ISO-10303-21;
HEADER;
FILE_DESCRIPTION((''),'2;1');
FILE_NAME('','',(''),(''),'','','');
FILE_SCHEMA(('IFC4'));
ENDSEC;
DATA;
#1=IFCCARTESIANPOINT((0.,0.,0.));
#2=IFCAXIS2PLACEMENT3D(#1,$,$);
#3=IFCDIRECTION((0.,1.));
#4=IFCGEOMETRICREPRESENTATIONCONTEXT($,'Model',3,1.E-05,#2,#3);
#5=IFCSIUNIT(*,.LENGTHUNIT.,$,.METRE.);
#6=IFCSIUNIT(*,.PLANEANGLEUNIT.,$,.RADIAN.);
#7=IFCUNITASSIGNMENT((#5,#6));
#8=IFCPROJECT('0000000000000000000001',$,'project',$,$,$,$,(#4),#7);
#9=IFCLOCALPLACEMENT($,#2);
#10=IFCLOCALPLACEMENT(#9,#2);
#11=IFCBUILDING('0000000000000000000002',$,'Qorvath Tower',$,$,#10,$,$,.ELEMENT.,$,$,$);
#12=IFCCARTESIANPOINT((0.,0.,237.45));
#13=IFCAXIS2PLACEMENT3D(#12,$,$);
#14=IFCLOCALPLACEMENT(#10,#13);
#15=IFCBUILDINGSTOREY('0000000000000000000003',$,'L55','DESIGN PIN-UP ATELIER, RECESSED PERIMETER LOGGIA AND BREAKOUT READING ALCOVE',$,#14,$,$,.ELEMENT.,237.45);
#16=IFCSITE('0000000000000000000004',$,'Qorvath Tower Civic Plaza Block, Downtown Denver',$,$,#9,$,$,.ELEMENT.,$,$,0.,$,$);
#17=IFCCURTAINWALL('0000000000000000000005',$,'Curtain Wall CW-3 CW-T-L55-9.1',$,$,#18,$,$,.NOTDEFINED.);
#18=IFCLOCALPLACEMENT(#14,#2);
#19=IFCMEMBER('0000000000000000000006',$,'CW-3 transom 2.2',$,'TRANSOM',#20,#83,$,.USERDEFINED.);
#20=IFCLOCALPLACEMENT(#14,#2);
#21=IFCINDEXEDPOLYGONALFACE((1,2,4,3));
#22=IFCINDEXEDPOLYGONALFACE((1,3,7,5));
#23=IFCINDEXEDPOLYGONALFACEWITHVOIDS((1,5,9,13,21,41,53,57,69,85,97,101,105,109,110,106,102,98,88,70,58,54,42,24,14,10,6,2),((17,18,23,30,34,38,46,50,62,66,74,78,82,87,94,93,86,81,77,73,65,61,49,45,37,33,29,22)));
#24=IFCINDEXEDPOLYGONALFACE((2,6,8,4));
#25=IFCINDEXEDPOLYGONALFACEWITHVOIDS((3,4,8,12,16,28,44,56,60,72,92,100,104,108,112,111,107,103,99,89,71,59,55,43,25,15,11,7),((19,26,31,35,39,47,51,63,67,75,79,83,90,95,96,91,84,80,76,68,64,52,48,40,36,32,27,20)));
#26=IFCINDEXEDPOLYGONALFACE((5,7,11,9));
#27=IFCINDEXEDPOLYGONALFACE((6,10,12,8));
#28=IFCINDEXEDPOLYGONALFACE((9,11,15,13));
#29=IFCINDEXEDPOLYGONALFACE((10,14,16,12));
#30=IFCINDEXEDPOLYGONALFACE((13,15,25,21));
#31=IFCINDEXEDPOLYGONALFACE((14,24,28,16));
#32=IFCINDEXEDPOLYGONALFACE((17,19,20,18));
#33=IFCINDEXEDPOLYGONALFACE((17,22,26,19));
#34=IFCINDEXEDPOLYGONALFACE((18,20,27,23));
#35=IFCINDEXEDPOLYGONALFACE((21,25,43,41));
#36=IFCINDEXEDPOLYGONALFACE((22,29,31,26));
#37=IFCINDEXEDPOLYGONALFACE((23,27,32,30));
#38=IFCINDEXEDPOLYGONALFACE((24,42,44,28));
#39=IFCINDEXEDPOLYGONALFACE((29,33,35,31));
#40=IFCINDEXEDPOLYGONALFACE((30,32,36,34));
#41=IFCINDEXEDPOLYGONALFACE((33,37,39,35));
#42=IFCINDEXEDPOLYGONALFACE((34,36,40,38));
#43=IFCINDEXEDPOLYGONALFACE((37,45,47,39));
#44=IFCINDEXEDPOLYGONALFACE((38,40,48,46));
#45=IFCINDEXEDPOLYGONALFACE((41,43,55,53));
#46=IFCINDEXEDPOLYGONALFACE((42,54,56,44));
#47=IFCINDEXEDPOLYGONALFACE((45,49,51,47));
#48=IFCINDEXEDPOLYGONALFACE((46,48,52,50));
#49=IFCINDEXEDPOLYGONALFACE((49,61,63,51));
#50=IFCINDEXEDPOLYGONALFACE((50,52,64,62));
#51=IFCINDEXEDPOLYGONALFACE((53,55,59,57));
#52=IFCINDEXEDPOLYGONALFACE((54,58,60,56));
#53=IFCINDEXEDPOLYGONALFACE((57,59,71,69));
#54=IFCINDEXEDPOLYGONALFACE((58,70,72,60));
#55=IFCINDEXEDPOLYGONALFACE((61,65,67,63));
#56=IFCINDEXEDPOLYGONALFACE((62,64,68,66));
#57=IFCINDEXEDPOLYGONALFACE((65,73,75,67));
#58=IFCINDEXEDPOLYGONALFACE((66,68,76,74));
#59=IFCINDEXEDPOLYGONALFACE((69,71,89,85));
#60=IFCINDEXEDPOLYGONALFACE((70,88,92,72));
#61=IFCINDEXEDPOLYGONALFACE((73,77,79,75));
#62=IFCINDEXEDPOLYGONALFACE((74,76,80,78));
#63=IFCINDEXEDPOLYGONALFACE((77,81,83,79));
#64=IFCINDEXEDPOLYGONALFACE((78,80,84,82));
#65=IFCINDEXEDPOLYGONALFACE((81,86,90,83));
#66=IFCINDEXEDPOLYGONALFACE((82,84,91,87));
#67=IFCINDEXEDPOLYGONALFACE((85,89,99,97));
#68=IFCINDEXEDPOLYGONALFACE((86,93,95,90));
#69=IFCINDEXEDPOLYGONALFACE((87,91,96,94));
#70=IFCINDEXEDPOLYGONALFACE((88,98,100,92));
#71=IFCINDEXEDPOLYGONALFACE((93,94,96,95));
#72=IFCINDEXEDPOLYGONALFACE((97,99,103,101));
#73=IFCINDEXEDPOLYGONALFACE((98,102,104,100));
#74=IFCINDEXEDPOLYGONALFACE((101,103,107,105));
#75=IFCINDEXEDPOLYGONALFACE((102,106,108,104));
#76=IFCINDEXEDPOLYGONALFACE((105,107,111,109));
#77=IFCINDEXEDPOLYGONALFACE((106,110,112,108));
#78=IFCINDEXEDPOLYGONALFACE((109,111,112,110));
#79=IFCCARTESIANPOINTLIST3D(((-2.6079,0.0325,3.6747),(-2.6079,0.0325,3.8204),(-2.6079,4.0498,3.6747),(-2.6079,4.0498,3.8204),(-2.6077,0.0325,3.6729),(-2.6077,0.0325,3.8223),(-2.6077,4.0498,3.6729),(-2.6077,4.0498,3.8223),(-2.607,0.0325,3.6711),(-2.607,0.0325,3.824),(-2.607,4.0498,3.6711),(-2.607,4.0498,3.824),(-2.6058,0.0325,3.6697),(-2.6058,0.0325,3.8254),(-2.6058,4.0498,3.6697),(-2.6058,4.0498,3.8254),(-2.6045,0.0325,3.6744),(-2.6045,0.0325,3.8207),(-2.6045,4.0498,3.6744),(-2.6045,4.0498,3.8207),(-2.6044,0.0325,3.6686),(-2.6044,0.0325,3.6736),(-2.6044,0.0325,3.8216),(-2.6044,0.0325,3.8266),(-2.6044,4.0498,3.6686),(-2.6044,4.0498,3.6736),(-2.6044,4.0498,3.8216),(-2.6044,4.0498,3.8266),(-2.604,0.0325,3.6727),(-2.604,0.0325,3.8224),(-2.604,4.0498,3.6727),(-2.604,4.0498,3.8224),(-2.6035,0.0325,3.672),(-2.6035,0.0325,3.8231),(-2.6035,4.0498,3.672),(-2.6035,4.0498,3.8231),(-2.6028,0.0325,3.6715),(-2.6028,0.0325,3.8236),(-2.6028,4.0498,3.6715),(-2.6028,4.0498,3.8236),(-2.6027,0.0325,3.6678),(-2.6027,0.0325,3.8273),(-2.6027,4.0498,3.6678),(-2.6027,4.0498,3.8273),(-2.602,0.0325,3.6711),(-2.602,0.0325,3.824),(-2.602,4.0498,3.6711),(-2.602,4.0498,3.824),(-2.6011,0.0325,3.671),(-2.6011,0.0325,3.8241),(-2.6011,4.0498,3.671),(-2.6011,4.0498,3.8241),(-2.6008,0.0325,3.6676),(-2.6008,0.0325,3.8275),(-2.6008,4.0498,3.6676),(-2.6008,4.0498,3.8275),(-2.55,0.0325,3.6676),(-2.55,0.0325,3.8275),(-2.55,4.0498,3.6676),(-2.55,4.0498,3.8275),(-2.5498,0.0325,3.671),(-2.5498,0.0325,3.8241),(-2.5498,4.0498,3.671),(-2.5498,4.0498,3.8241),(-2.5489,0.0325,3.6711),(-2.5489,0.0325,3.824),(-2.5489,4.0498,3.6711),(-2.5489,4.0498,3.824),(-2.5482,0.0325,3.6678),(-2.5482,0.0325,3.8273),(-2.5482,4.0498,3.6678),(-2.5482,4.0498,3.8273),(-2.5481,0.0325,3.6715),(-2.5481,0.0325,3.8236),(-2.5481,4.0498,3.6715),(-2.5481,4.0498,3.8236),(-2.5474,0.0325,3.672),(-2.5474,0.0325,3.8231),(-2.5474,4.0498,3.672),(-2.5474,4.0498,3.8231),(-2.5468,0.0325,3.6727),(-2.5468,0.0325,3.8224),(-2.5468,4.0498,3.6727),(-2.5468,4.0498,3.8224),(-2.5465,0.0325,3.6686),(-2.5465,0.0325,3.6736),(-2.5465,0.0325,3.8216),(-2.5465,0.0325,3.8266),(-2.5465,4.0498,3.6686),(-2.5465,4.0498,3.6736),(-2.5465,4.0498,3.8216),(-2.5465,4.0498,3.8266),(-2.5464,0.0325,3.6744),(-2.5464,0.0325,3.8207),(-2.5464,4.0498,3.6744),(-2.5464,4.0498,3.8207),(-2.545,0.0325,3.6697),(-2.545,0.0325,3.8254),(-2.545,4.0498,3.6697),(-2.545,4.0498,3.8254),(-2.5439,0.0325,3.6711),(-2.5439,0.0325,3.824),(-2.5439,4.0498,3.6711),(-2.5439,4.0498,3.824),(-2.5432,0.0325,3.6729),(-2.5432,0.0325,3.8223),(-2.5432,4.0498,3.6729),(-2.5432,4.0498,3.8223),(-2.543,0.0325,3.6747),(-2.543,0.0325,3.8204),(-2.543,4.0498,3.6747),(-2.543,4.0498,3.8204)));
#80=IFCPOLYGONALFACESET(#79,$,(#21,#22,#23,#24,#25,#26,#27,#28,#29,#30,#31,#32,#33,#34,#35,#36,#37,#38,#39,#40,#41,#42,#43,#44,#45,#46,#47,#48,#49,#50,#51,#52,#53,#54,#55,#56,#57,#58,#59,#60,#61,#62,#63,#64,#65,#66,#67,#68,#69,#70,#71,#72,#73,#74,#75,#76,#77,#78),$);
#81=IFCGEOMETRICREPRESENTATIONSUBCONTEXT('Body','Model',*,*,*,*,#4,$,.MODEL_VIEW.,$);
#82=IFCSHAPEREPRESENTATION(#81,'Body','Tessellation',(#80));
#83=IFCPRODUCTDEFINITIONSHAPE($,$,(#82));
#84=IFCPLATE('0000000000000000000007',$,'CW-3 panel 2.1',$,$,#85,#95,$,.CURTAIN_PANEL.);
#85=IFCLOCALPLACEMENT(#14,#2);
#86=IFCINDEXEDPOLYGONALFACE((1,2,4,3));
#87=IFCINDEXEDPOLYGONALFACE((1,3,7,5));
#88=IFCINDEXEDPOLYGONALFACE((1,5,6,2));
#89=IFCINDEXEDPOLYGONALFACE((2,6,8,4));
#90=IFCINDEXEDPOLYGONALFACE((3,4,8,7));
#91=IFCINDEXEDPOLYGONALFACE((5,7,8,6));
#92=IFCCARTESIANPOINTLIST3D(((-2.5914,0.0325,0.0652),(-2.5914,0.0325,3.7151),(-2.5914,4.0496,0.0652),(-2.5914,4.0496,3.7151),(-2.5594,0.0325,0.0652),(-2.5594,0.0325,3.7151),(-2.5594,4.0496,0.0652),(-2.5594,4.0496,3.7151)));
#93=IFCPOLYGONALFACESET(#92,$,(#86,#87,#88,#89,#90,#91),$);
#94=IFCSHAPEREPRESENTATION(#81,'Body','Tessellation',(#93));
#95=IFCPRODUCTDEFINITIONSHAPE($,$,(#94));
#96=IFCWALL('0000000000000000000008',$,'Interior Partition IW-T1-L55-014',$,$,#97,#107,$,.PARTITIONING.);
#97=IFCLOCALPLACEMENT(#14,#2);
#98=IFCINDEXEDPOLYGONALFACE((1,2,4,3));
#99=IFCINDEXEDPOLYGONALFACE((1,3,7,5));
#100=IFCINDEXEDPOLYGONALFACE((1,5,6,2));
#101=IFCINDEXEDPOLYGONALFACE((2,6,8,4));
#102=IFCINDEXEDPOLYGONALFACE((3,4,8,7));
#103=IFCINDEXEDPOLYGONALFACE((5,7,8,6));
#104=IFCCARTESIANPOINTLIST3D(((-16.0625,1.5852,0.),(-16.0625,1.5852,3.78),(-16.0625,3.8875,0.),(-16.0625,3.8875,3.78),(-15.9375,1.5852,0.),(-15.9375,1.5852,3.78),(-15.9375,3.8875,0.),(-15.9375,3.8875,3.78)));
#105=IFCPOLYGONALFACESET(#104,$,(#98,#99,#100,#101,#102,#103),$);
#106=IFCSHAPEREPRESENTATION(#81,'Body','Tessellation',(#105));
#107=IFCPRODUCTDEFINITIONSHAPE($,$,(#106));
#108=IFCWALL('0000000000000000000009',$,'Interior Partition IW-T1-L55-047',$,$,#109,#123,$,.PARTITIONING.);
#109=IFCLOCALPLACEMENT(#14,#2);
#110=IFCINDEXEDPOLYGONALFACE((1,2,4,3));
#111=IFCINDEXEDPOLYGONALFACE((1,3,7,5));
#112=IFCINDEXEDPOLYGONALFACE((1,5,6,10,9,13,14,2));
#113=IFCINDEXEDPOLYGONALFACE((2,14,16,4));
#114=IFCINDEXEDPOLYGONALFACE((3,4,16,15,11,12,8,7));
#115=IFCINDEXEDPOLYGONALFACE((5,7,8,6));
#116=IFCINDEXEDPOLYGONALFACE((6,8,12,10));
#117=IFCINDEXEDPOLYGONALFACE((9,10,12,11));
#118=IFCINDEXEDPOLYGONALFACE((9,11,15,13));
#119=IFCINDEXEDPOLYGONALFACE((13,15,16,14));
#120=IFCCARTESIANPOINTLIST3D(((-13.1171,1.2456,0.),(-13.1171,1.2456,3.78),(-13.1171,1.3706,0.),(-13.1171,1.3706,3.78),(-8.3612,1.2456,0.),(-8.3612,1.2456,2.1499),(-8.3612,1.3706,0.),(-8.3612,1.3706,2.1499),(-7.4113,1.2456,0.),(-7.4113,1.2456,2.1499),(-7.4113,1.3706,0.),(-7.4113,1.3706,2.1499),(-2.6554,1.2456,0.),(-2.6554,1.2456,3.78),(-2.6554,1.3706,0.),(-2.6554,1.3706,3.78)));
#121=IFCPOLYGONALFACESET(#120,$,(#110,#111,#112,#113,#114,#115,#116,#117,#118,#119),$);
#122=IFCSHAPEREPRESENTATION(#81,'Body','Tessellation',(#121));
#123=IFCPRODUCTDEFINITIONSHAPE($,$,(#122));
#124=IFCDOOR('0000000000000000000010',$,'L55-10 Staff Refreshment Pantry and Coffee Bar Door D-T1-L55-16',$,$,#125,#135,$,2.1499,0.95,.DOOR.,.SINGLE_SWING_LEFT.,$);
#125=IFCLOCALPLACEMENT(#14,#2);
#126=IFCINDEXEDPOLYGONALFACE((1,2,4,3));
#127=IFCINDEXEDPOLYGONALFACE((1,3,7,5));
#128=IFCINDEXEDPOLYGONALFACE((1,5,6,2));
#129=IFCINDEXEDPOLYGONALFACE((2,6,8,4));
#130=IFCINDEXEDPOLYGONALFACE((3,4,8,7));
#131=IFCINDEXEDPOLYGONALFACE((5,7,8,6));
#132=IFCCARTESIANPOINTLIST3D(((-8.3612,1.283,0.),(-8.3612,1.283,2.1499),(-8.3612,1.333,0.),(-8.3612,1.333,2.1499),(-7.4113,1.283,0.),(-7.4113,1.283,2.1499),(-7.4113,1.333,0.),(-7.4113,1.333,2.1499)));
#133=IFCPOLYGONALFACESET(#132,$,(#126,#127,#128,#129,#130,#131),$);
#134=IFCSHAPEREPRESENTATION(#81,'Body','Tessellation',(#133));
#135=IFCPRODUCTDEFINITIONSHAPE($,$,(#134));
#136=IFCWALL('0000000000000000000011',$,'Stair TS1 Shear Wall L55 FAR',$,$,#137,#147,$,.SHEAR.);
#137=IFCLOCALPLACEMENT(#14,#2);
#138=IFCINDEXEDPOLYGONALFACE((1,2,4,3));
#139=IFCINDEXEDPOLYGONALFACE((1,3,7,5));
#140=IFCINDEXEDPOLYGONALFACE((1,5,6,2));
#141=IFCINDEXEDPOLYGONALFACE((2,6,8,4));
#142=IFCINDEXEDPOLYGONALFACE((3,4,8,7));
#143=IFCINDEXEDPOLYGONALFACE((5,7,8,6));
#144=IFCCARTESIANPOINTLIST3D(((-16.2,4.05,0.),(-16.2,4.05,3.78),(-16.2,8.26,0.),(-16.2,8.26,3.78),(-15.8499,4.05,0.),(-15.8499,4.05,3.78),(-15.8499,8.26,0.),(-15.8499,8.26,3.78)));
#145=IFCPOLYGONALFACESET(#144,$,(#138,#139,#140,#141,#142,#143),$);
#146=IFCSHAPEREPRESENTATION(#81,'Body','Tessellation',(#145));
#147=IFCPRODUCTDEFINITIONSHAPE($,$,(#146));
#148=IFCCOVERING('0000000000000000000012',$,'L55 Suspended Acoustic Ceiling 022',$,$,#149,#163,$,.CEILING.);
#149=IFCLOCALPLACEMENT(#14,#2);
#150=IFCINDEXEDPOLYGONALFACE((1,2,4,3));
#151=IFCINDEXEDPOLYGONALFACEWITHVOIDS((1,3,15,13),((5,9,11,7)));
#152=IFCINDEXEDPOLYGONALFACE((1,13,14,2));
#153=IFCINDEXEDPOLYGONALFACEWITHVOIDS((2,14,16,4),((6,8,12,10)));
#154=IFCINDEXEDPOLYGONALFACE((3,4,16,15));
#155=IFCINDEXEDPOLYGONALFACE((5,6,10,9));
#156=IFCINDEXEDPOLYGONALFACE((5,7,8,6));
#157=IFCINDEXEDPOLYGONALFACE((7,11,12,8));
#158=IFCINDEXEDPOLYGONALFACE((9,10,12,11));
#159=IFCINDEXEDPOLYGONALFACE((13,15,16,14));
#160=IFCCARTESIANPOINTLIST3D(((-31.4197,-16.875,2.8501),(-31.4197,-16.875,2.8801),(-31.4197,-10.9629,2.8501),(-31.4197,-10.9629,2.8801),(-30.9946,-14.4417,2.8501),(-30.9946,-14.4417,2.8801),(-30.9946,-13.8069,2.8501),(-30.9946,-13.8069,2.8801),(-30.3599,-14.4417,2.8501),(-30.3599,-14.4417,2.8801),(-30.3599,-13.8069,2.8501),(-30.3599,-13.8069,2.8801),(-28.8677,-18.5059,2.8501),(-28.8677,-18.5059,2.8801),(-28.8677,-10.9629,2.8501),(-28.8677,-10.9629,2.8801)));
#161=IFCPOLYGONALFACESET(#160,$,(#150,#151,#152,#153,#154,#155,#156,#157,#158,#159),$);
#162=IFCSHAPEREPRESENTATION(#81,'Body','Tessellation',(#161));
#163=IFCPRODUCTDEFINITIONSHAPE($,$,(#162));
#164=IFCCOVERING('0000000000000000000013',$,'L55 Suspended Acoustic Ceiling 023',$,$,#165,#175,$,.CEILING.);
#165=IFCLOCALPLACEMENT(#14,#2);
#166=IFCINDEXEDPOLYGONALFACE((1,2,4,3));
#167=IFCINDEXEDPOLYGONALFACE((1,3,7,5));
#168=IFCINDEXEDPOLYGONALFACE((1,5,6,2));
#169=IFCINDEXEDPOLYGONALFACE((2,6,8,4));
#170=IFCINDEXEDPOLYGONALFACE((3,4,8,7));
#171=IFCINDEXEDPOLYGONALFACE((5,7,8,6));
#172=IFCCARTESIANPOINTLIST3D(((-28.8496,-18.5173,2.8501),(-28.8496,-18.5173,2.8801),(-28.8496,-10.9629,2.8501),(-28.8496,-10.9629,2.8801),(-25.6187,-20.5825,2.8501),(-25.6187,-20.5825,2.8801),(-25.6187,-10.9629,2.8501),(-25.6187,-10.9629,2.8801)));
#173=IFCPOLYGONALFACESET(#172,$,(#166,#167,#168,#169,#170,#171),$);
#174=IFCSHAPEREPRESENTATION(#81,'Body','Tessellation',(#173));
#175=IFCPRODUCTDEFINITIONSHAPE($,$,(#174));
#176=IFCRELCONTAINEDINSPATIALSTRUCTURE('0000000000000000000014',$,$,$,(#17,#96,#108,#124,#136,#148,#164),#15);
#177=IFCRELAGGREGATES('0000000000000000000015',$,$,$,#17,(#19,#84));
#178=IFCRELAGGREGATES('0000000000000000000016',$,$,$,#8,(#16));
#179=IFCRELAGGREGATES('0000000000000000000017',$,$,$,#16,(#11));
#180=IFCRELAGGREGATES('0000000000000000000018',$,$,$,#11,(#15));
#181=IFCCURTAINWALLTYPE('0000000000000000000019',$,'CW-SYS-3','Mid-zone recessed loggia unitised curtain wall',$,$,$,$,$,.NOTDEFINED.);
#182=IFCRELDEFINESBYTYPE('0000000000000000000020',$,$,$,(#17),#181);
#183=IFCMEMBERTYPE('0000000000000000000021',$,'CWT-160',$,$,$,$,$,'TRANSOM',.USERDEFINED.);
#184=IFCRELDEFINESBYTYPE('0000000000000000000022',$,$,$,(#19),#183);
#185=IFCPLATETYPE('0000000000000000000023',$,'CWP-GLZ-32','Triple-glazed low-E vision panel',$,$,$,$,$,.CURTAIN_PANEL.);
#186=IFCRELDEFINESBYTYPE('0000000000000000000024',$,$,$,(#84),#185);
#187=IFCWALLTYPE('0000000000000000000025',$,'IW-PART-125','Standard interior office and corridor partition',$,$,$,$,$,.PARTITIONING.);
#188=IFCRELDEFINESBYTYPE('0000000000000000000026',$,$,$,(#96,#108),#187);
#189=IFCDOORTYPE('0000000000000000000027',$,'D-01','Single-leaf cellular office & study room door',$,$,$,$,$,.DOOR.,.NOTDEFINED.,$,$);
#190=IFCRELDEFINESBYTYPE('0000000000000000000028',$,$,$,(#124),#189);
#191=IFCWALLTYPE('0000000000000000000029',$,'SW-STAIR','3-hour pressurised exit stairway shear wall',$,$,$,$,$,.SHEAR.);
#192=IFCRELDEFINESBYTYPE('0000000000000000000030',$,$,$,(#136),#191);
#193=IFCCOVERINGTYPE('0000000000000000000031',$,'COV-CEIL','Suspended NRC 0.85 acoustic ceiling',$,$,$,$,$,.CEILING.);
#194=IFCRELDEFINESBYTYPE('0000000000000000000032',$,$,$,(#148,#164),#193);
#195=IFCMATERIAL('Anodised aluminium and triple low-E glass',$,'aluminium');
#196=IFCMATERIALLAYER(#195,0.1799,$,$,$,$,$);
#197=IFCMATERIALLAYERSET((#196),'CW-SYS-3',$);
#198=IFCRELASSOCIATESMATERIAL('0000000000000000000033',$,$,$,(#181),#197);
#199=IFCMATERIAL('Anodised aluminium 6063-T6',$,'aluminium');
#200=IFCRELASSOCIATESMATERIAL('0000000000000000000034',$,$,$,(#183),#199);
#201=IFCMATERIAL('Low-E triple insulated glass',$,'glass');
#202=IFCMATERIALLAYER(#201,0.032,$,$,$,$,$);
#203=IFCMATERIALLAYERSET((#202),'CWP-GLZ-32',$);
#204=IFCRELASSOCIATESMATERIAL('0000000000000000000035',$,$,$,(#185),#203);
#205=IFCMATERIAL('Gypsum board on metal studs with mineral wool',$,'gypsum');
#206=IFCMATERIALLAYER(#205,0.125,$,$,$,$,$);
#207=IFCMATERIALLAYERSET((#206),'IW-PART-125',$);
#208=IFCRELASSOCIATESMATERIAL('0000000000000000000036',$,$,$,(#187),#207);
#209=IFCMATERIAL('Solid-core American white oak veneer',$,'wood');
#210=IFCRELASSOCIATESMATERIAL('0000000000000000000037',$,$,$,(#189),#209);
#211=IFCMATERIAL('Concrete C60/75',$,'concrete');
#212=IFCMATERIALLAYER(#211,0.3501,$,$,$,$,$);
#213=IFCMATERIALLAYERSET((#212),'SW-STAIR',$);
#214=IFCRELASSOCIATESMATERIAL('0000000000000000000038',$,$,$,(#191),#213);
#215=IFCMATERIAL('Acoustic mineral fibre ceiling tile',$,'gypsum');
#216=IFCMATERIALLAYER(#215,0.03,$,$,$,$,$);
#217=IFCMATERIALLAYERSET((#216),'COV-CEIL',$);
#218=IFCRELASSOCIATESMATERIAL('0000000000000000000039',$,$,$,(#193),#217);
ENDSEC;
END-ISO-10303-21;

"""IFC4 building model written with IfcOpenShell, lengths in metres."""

from ifc_helpers import new_model, si_unit, direction, frame, frame_2d, origin, origin_2d, place, context, subcontext, project, spatial, polyline, rectangle, hollow_rectangle, outline, extrude, material, layer, layer_set, material_profile, profile_set, type_object, element, fill, aggregate, save


model = new_model("IFC4")

# Units and contexts
model_context = context("Model", 3, precision=1e-05, world=origin(), true_north=direction((0.0, 1.0)))
body_context = subcontext(model_context, "Body", "Model", "MODEL_VIEW")
ifc_project = project(units=[si_unit("LENGTHUNIT", "METRE"), si_unit("PLANEANGLEUNIT", "RADIAN")], contexts=[model_context])

# Site, building, storey
site_placement = place(None, origin())
site = spatial("IfcSite", under=ifc_project, at=site_placement, Name="Qorvath Tower Civic Plaza Block, Downtown Denver", CompositionType="ELEMENT", RefElevation=0.0)
building_placement = place(site_placement, origin())
building = spatial("IfcBuilding", under=site, at=building_placement, Name="Qorvath Tower", CompositionType="ELEMENT")
storey_placement = place(building_placement, frame((0.0, 0.0, 237.45)))
storey = spatial("IfcBuildingStorey", under=building, at=storey_placement, Name="L55", Description="DESIGN PIN-UP ATELIER, RECESSED PERIMETER LOGGIA AND BREAKOUT READING ALCOVE", CompositionType="ELEMENT", Elevation=237.45)

# Curtain wall, member, plate
ifc_material_1 = material(Name="Anodised aluminium and triple low-E glass", Category="aluminium")
ifc_layer_1 = layer(ifc_material_1, 0.1799)
ifc_layer_set_1 = layer_set([ifc_layer_1], Name="CW-SYS-3")
curtain_wall_type = type_object("IfcCurtainWallType", Name="CW-SYS-3", Description="Mid-zone recessed loggia unitised curtain wall", PredefinedType="NOTDEFINED", material=ifc_layer_set_1)
curtain_wall_placement = place(storey_placement, origin())
curtain_wall = element("IfcCurtainWall", 1, at=curtain_wall_placement, inside=storey, type_object=curtain_wall_type, Name="Curtain Wall CW-3 CW-T-L55-9.1", PredefinedType="NOTDEFINED")
ifc_material_2 = material(Name="Anodised aluminium 6063-T6", Category="aluminium")
ifc_material_profile_1 = material_profile(ifc_material_2, hollow_rectangle(XDim=0.0649, YDim=0.1599, WallThickness=0.0034, InnerFilletRadius=0.0034, OuterFilletRadius=0.0071, at=origin_2d()), Name="CWT 160x65")
ifc_profile_set_1 = profile_set([ifc_material_profile_1], Name="Anodised aluminium 6063-T6")
member_type_1 = type_object("IfcMemberType", Name="CWT-160", ElementType="TRANSOM", PredefinedType="USERDEFINED", material=ifc_profile_set_1)
member_1_placement = place(storey_placement, frame((-2.5754, 0.0325, 3.7476), z_axis=(0.0, 1.0, 0.0), x_axis=(-1.0, 0.0, 0.0)))
member_1 = element("IfcMember", 2, at=member_1_placement, type_object=member_type_1, Name="CW-3 transom 2.2", ObjectType="TRANSOM", PredefinedType="USERDEFINED", context=body_context, shape_type="SweptSolid", body=[
    extrude(hollow_rectangle(XDim=0.0649, YDim=0.1599, WallThickness=0.0034, InnerFilletRadius=0.0034, OuterFilletRadius=0.0071, at=origin_2d()), origin(), (0.0, 0.0, 1.0), 4.0173),
])
ifc_material_3 = material(Name="Low-E triple insulated glass", Category="glass")
ifc_layer_2 = layer(ifc_material_3, 0.032)
ifc_layer_set_2 = layer_set([ifc_layer_2], Name="CWP-GLZ-32")
plate_type = type_object("IfcPlateType", Name="CWP-GLZ-32", Description="Triple-glazed low-E vision panel", PredefinedType="CURTAIN_PANEL", material=ifc_layer_set_2)
plate_placement = place(storey_placement, frame((-2.5754, 2.041, 0.0652), z_axis=(0.0, 0.0, 1.0), x_axis=(0.0, 1.0, 0.0)))
plate = element("IfcPlate", 3, at=plate_placement, type_object=plate_type, Name="CW-3 panel 2.1", PredefinedType="CURTAIN_PANEL", context=body_context, shape_type="SweptSolid", body=[
    extrude(rectangle(XDim=4.0171, YDim=0.032, at=origin_2d()), origin(), (0.0, 0.0, 1.0), 3.6499),
])
aggregate(curtain_wall, [member_1, plate])

# Wall
ifc_material_4 = material(Name="Gypsum board on metal studs with mineral wool", Category="gypsum")
ifc_layer_3 = layer(ifc_material_4, 0.125)
ifc_layer_set_3 = layer_set([ifc_layer_3], Name="IW-PART-125")
wall_type_1 = type_object("IfcWallType", Name="IW-PART-125", Description="Standard interior office and corridor partition", PredefinedType="PARTITIONING", material=ifc_layer_set_3)
wall_1_placement = place(storey_placement, frame((-16.0, 1.5852, 0.0), z_axis=(0.0, 0.0, 1.0), x_axis=(0.0, 1.0, 0.0)))
element("IfcWall", 4, at=wall_1_placement, inside=storey, type_object=wall_type_1, Name="Interior Partition IW-T1-L55-014", PredefinedType="PARTITIONING", context=body_context, shape_type="SweptSolid", body=[
    extrude(rectangle(XDim=2.3022, YDim=0.125, at=frame_2d((1.1511, 0.0))), origin(), (0.0, 0.0, 1.0), 3.78),
])

# Wall, opening, door
wall_2_placement = place(storey_placement, frame((-13.1172, 1.3081, 0.0), z_axis=(0.0, 0.0, 1.0), x_axis=(1.0, 0.0, 0.0)))
wall_2 = element("IfcWall", 5, at=wall_2_placement, inside=storey, type_object=wall_type_1, Name="Interior Partition IW-T1-L55-047", PredefinedType="PARTITIONING", context=body_context, shape_type="SweptSolid", body=[
    extrude(rectangle(XDim=10.4617, YDim=0.125, at=frame_2d((5.231, 0.0))), origin(), (0.0, 0.0, 1.0), 3.78),
])
opening_placement = place(wall_2_placement, frame((4.7559, 0.0, 0.0)))
opening = element("IfcOpeningElement", 6, at=opening_placement, cuts=wall_2, PredefinedType="OPENING", context=body_context, shape_type="SweptSolid", body=[
    extrude(rectangle(XDim=0.95, YDim=2.1499, at=frame_2d((0.4751, 1.075))), frame((0.0, 0.0725, 0.0), z_axis=(0.0, -1.0, 0.0), x_axis=(1.0, 0.0, 0.0)), (0.0, 0.0, 1.0), 0.145),
])
ifc_material_5 = material(Name="Solid-core American white oak veneer", Category="wood")
door_type = type_object("IfcDoorType", Name="D-01", Description="Single-leaf cellular office & study room door", OperationType="NOTDEFINED", PredefinedType="DOOR", material=ifc_material_5)
door_placement = place(opening_placement, origin())
door = element("IfcDoor", 7, at=door_placement, inside=storey, type_object=door_type, Name="L55-10 Staff Refreshment Pantry and Coffee Bar Door D-T1-L55-16", OperationType="SINGLE_SWING_LEFT", OverallHeight=2.1499, OverallWidth=0.95, PredefinedType="DOOR", context=body_context, shape_type="SweptSolid", body=[
    extrude(rectangle(XDim=0.95, YDim=2.1499, at=frame_2d((0.4751, 1.075))), frame((0.0, 0.0249, 0.0), z_axis=(0.0, -1.0, 0.0), x_axis=(1.0, 0.0, 0.0)), (0.0, 0.0, 1.0), 0.05),
])
fill(opening, door)

# Wall
ifc_material_6 = material(Name="Concrete C60/75", Category="concrete")
ifc_layer_4 = layer(ifc_material_6, 0.3501)
ifc_layer_set_4 = layer_set([ifc_layer_4], Name="SW-STAIR")
wall_type_2 = type_object("IfcWallType", Name="SW-STAIR", Description="3-hour pressurised exit stairway shear wall", PredefinedType="SHEAR", material=ifc_layer_set_4)
wall_3_placement = place(storey_placement, frame((-16.0249, 4.05, 0.0), z_axis=(0.0, 0.0, 1.0), x_axis=(0.0, 1.0, 0.0)))
element("IfcWall", 8, at=wall_3_placement, inside=storey, type_object=wall_type_2, Name="Stair TS1 Shear Wall L55 FAR", PredefinedType="SHEAR", context=body_context, shape_type="SweptSolid", body=[
    extrude(rectangle(XDim=4.21, YDim=0.3501, at=frame_2d((2.105, 0.0))), origin(), (0.0, 0.0, 1.0), 3.78),
])

# Coverings
ifc_material_7 = material(Name="Acoustic mineral fibre ceiling tile", Category="gypsum")
ifc_layer_5 = layer(ifc_material_7, 0.03)
ifc_layer_set_5 = layer_set([ifc_layer_5], Name="COV-CEIL")
covering_type_1 = type_object("IfcCoveringType", Name="COV-CEIL", Description="Suspended NRC 0.85 acoustic ceiling", PredefinedType="CEILING", material=ifc_layer_set_5)
covering_1_placement = place(storey_placement, frame((0.0, 0.0, 2.8501)))
element("IfcCovering", 9, at=covering_1_placement, inside=storey, type_object=covering_type_1, Name="L55 Suspended Acoustic Ceiling 022", PredefinedType="CEILING", context=body_context, shape_type="SweptSolid", body=[
    extrude(outline(polyline([(-31.4197, -10.9629), (-31.4197, -16.875), (-28.8677, -18.5059), (-28.8677, -10.9629), (-31.4197, -10.9629)]), holes=[polyline([(-30.9946, -14.4417), (-30.9946, -13.8069), (-30.3599, -13.8069), (-30.3599, -14.4417), (-30.9946, -14.4417)])]), origin(), (0.0, 0.0, 1.0), 0.03),
])
covering_2_placement = place(storey_placement, frame((0.0, 0.0, 2.8501)))
element("IfcCovering", 10, at=covering_2_placement, inside=storey, type_object=covering_type_1, Name="L55 Suspended Acoustic Ceiling 023", PredefinedType="CEILING", context=body_context, shape_type="SweptSolid", body=[
    extrude(outline(polyline([(-28.8496, -10.9629), (-28.8496, -18.5173), (-25.6187, -20.5825), (-25.6187, -10.9629), (-28.8496, -10.9629)])), origin(), (0.0, 0.0, 1.0), 0.03),
])

save(model, "model.ifc")
